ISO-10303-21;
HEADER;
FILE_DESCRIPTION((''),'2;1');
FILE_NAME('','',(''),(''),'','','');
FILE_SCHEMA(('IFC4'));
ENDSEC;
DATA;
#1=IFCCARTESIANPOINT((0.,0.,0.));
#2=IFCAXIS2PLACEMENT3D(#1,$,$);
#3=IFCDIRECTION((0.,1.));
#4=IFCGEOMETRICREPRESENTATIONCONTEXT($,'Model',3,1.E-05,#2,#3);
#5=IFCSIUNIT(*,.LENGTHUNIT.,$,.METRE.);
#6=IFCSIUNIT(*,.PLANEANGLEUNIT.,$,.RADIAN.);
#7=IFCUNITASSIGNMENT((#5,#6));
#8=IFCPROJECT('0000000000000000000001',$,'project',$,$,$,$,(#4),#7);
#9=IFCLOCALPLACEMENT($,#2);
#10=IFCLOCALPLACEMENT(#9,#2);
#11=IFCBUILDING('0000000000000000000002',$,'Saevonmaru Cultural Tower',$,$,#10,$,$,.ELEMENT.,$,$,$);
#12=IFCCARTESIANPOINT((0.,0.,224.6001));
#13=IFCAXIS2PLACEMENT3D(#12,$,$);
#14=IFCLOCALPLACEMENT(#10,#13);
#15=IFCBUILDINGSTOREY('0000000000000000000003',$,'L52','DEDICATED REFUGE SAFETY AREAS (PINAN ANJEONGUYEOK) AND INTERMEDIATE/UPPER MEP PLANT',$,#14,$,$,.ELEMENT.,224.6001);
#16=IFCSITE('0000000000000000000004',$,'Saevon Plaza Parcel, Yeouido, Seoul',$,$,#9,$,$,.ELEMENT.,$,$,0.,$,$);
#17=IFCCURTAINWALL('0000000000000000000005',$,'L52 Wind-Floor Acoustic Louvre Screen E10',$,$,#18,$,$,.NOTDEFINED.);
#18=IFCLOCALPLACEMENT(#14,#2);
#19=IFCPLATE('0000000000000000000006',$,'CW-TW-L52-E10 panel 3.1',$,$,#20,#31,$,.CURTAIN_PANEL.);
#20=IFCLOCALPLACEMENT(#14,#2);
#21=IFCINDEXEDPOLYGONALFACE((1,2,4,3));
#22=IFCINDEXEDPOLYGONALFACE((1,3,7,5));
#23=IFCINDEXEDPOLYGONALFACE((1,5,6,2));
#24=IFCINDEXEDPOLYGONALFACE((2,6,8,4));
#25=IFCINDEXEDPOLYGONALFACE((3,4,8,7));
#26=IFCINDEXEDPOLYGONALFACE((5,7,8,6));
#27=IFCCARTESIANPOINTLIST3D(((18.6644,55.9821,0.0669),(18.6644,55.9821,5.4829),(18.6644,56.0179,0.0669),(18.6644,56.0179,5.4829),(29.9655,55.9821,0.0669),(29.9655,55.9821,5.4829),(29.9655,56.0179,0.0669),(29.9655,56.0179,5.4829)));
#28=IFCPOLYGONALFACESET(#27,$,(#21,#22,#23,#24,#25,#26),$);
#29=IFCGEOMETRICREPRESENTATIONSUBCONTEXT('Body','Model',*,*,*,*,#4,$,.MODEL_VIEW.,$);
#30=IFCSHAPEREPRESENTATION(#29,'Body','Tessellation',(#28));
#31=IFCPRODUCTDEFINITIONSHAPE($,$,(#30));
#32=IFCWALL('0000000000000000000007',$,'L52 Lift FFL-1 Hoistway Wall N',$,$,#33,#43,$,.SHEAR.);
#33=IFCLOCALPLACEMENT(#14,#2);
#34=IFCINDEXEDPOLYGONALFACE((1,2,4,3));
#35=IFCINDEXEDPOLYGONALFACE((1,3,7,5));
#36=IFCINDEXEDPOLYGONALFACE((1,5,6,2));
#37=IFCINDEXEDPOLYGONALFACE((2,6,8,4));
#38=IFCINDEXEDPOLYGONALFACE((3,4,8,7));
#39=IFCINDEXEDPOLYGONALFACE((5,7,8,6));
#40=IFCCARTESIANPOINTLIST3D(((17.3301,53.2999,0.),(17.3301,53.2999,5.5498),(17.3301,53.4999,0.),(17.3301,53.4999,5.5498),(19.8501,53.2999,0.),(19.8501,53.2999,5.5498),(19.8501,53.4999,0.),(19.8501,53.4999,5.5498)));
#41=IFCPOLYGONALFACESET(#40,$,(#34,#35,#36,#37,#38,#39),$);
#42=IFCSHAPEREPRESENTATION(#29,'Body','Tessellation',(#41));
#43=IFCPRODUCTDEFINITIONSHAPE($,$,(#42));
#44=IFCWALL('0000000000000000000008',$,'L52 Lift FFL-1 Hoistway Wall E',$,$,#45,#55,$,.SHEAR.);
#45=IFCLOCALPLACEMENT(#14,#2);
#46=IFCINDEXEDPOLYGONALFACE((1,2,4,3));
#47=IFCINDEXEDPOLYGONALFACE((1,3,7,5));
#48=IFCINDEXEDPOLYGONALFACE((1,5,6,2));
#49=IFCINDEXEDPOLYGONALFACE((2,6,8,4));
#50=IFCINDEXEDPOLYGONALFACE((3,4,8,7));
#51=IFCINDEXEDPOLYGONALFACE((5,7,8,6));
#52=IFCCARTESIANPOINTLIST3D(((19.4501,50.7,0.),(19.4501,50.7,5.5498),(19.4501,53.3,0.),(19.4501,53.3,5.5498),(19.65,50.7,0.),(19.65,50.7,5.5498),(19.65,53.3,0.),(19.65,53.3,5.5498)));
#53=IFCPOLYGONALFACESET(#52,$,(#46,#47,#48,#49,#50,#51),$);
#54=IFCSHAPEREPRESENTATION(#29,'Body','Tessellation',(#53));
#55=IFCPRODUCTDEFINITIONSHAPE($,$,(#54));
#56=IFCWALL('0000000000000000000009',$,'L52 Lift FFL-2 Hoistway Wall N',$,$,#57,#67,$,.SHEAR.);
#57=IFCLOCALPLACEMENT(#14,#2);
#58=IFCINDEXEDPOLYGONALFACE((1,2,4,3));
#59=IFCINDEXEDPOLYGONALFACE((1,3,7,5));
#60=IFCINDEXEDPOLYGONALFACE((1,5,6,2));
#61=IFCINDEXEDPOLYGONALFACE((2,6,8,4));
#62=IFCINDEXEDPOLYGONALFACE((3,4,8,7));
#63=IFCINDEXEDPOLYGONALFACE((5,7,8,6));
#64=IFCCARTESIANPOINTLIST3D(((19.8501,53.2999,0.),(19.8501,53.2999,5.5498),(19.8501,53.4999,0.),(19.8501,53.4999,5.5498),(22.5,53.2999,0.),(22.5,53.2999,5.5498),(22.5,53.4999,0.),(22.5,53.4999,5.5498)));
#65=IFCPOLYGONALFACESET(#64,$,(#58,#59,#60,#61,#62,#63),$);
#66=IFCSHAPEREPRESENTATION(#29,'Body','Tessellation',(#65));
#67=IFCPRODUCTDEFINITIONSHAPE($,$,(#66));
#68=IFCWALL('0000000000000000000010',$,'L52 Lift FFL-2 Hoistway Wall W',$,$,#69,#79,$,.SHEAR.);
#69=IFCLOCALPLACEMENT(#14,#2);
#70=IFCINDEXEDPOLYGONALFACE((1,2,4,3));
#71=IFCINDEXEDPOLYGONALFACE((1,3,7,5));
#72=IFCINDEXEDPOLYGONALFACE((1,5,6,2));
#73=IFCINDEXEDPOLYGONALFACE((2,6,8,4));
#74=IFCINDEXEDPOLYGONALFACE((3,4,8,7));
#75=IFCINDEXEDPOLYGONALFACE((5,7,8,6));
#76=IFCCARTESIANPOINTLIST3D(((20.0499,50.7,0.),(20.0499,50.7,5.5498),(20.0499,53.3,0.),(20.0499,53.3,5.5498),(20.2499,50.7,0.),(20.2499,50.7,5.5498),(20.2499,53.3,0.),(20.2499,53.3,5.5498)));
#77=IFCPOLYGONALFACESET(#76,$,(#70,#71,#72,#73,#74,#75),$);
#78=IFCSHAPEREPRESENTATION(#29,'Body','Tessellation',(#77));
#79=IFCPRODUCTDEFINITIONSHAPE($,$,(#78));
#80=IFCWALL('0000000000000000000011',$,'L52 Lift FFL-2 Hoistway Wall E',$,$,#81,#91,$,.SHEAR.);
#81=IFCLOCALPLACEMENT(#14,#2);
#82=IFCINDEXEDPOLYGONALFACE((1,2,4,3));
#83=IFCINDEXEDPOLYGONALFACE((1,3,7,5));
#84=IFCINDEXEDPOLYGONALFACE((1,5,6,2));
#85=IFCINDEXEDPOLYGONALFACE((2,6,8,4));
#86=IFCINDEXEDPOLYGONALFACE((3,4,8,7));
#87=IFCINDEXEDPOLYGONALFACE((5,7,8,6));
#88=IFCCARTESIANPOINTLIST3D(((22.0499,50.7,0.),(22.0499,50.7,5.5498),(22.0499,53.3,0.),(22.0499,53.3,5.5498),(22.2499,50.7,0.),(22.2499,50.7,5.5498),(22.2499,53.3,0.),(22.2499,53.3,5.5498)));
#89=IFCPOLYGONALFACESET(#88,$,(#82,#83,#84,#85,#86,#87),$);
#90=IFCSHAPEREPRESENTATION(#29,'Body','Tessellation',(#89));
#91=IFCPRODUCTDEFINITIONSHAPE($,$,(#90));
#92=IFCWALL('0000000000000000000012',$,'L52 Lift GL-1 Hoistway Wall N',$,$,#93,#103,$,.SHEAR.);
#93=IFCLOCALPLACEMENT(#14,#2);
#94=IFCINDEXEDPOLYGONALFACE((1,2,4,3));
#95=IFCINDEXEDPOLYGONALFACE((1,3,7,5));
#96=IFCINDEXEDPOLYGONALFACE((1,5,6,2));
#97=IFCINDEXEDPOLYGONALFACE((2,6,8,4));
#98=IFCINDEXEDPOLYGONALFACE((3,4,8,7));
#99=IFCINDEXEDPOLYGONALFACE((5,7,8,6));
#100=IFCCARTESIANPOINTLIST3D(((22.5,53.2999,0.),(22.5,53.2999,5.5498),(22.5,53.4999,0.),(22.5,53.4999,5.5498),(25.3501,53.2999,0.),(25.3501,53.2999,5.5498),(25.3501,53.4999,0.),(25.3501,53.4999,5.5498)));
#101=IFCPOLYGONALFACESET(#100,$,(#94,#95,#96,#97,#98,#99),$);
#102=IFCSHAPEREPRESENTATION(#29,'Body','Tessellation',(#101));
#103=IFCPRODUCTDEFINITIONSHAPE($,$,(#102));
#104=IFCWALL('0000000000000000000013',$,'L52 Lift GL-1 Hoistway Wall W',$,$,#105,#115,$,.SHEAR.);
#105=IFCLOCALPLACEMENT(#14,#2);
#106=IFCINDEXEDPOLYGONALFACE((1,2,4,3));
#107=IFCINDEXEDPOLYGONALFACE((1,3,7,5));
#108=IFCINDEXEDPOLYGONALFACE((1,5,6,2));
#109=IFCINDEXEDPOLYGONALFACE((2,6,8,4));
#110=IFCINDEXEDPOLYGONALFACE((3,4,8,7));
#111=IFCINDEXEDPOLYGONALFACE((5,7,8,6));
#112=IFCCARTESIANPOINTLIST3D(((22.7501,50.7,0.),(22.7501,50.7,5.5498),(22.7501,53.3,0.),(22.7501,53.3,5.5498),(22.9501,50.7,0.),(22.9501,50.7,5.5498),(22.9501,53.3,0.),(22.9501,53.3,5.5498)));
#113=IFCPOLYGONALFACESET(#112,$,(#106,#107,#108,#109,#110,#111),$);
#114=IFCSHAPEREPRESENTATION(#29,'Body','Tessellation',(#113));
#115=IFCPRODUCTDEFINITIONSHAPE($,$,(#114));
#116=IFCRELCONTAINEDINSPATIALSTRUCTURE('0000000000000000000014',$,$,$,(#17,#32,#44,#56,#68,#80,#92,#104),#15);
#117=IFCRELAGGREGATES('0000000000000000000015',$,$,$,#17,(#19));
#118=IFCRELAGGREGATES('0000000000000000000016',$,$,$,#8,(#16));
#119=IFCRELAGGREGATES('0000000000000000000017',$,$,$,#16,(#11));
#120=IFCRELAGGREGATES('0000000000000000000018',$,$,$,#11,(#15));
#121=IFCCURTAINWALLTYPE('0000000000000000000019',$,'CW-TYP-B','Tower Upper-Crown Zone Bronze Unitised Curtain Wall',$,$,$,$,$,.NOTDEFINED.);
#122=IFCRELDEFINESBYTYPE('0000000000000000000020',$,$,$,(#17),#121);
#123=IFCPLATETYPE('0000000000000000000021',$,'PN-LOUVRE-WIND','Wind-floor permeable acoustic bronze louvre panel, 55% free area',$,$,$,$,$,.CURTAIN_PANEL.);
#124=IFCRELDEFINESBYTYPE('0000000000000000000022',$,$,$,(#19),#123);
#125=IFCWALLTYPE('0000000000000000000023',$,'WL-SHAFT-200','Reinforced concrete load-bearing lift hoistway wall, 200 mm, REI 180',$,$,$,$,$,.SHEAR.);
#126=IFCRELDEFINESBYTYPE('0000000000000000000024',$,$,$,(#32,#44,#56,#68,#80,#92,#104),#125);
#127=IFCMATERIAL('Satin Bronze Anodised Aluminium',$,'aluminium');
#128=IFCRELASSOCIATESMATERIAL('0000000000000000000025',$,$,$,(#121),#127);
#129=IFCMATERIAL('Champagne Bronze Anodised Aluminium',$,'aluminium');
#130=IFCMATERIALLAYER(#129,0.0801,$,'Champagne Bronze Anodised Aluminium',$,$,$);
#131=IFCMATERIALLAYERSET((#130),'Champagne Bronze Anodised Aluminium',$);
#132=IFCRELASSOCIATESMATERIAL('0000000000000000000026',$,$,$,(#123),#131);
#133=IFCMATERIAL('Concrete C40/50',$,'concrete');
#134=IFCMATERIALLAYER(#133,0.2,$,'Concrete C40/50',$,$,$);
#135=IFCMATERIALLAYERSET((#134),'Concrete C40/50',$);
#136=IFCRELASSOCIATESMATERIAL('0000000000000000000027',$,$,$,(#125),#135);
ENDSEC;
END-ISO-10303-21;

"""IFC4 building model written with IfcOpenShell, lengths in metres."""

from ifc_helpers import new_model, si_unit, direction, frame, frame_2d, origin, origin_2d, place, context, subcontext, project, spatial, rectangle, extrude, material, layer, layer_set, type_object, element, aggregate, save


model = new_model("IFC4")

# Units and contexts
model_context = context("Model", 3, precision=1e-05, world=origin(), true_north=direction((0.0, 1.0)))
body_context = subcontext(model_context, "Body", "Model", "MODEL_VIEW")
ifc_project = project(units=[si_unit("LENGTHUNIT", "METRE"), si_unit("PLANEANGLEUNIT", "RADIAN")], contexts=[model_context])

# Site, building, storey
site_placement = place(None, origin())
site = spatial("IfcSite", under=ifc_project, at=site_placement, Name="Saevon Plaza Parcel, Yeouido, Seoul", CompositionType="ELEMENT", RefElevation=0.0)
building_placement = place(site_placement, origin())
building = spatial("IfcBuilding", under=site, at=building_placement, Name="Saevonmaru Cultural Tower", CompositionType="ELEMENT")
storey_placement = place(building_placement, frame((0.0, 0.0, 224.6001)))
storey = spatial("IfcBuildingStorey", under=building, at=storey_placement, Name="L52", Description="DEDICATED REFUGE SAFETY AREAS (PINAN ANJEONGUYEOK) AND INTERMEDIATE/UPPER MEP PLANT", CompositionType="ELEMENT", Elevation=224.6001)

# Curtain wall
ifc_material_1 = material(Name="Satin Bronze Anodised Aluminium", Category="aluminium")
curtain_wall_type = type_object("IfcCurtainWallType", Name="CW-TYP-B", Description="Tower Upper-Crown Zone Bronze Unitised Curtain Wall", PredefinedType="NOTDEFINED", material=ifc_material_1)
curtain_wall_placement = place(storey_placement, origin())
curtain_wall = element("IfcCurtainWall", 1, at=curtain_wall_placement, inside=storey, type_object=curtain_wall_type, Name="L52 Wind-Floor Acoustic Louvre Screen E10", PredefinedType="NOTDEFINED")

# Plate
ifc_material_2 = material(Name="Champagne Bronze Anodised Aluminium", Category="aluminium")
ifc_layer_1 = layer(ifc_material_2, 0.0801, Name="Champagne Bronze Anodised Aluminium")
ifc_layer_set_1 = layer_set([ifc_layer_1], Name="Champagne Bronze Anodised Aluminium")
plate_type_1 = type_object("IfcPlateType", Name="PN-LOUVRE-WIND", Description="Wind-floor permeable acoustic bronze louvre panel, 55% free area", PredefinedType="CURTAIN_PANEL", material=ifc_layer_set_1)
plate_placement = place(storey_placement, frame((24.3149, 56.0, 0.0669), z_axis=(0.0, 0.0, 1.0), x_axis=(-1.0, 0.0, 0.0)))
plate = element("IfcPlate", 2, at=plate_placement, type_object=plate_type_1, Name="CW-TW-L52-E10 panel 3.1", PredefinedType="CURTAIN_PANEL", context=body_context, shape_type="SweptSolid", body=[
    extrude(rectangle(XDim=11.301, YDim=0.0359, at=origin_2d()), origin(), (0.0, 0.0, 1.0), 5.416),
])
aggregate(curtain_wall, [plate])

# Walls
ifc_material_3 = material(Name="Concrete C40/50", Category="concrete")
ifc_layer_2 = layer(ifc_material_3, 0.2, Name="Concrete C40/50")
ifc_layer_set_2 = layer_set([ifc_layer_2], Name="Concrete C40/50")
wall_type = type_object("IfcWallType", Name="WL-SHAFT-200", Description="Reinforced concrete load-bearing lift hoistway wall, 200 mm, REI 180", PredefinedType="SHEAR", material=ifc_layer_set_2)
wall_1_placement = place(storey_placement, frame((17.3301, 53.3999, 0.0), z_axis=(0.0, 0.0, 1.0), x_axis=(1.0, 0.0, 0.0)))
element("IfcWall", 3, at=wall_1_placement, inside=storey, type_object=wall_type, Name="L52 Lift FFL-1 Hoistway Wall N", PredefinedType="SHEAR", context=body_context, shape_type="SweptSolid", body=[
    extrude(rectangle(XDim=2.52, YDim=0.2, at=frame_2d((1.26, 0.0))), origin(), (0.0, 0.0, 1.0), 5.5498),
])
wall_2_placement = place(storey_placement, frame((19.55, 50.7, 0.0), z_axis=(0.0, 0.0, 1.0), x_axis=(0.0, 1.0, 0.0)))
element("IfcWall", 4, at=wall_2_placement, inside=storey, type_object=wall_type, Name="L52 Lift FFL-1 Hoistway Wall E", PredefinedType="SHEAR", context=body_context, shape_type="SweptSolid", body=[
    extrude(rectangle(XDim=2.6001, YDim=0.2, at=frame_2d((1.3, 0.0))), origin(), (0.0, 0.0, 1.0), 5.5498),
])
wall_3_placement = place(storey_placement, frame((19.8501, 53.3999, 0.0), z_axis=(0.0, 0.0, 1.0), x_axis=(1.0, 0.0, 0.0)))
element("IfcWall", 5, at=wall_3_placement, inside=storey, type_object=wall_type, Name="L52 Lift FFL-2 Hoistway Wall N", PredefinedType="SHEAR", context=body_context, shape_type="SweptSolid", body=[
    extrude(rectangle(XDim=2.6499, YDim=0.2, at=frame_2d((1.325, 0.0))), origin(), (0.0, 0.0, 1.0), 5.5498),
])
for number, where, z_axis, x_axis, name in (
    (6, (20.1499, 50.7, 0.0), (0.0, 0.0, 1.0), (0.0, 1.0, 0.0), "L52 Lift FFL-2 Hoistway Wall W"),
    (7, (22.1499, 50.7, 0.0), (0.0, 0.0, 1.0), (0.0, 1.0, 0.0), "L52 Lift FFL-2 Hoistway Wall E"),
):
    element("IfcWall", number, at=place(storey_placement, frame(where, z_axis=z_axis, x_axis=x_axis)), inside=storey, type_object=wall_type, Name=name, PredefinedType="SHEAR", context=body_context, shape_type="SweptSolid", body=[
        extrude(rectangle(XDim=2.6001, YDim=0.2, at=frame_2d((1.3, 0.0))), origin(), (0.0, 0.0, 1.0), 5.5498),
    ])
wall_4_placement = place(storey_placement, frame((22.5, 53.3999, 0.0), z_axis=(0.0, 0.0, 1.0), x_axis=(1.0, 0.0, 0.0)))
element("IfcWall", 8, at=wall_4_placement, inside=storey, type_object=wall_type, Name="L52 Lift GL-1 Hoistway Wall N", PredefinedType="SHEAR", context=body_context, shape_type="SweptSolid", body=[
    extrude(rectangle(XDim=2.8501, YDim=0.2, at=frame_2d((1.425, 0.0))), origin(), (0.0, 0.0, 1.0), 5.5498),
])
wall_5_placement = place(storey_placement, frame((22.8501, 50.7, 0.0), z_axis=(0.0, 0.0, 1.0), x_axis=(0.0, 1.0, 0.0)))
element("IfcWall", 9, at=wall_5_placement, inside=storey, type_object=wall_type, Name="L52 Lift GL-1 Hoistway Wall W", PredefinedType="SHEAR", context=body_context, shape_type="SweptSolid", body=[
    extrude(rectangle(XDim=2.6001, YDim=0.2, at=frame_2d((1.3, 0.0))), origin(), (0.0, 0.0, 1.0), 5.5498),
])

save(model, "model.ifc")
